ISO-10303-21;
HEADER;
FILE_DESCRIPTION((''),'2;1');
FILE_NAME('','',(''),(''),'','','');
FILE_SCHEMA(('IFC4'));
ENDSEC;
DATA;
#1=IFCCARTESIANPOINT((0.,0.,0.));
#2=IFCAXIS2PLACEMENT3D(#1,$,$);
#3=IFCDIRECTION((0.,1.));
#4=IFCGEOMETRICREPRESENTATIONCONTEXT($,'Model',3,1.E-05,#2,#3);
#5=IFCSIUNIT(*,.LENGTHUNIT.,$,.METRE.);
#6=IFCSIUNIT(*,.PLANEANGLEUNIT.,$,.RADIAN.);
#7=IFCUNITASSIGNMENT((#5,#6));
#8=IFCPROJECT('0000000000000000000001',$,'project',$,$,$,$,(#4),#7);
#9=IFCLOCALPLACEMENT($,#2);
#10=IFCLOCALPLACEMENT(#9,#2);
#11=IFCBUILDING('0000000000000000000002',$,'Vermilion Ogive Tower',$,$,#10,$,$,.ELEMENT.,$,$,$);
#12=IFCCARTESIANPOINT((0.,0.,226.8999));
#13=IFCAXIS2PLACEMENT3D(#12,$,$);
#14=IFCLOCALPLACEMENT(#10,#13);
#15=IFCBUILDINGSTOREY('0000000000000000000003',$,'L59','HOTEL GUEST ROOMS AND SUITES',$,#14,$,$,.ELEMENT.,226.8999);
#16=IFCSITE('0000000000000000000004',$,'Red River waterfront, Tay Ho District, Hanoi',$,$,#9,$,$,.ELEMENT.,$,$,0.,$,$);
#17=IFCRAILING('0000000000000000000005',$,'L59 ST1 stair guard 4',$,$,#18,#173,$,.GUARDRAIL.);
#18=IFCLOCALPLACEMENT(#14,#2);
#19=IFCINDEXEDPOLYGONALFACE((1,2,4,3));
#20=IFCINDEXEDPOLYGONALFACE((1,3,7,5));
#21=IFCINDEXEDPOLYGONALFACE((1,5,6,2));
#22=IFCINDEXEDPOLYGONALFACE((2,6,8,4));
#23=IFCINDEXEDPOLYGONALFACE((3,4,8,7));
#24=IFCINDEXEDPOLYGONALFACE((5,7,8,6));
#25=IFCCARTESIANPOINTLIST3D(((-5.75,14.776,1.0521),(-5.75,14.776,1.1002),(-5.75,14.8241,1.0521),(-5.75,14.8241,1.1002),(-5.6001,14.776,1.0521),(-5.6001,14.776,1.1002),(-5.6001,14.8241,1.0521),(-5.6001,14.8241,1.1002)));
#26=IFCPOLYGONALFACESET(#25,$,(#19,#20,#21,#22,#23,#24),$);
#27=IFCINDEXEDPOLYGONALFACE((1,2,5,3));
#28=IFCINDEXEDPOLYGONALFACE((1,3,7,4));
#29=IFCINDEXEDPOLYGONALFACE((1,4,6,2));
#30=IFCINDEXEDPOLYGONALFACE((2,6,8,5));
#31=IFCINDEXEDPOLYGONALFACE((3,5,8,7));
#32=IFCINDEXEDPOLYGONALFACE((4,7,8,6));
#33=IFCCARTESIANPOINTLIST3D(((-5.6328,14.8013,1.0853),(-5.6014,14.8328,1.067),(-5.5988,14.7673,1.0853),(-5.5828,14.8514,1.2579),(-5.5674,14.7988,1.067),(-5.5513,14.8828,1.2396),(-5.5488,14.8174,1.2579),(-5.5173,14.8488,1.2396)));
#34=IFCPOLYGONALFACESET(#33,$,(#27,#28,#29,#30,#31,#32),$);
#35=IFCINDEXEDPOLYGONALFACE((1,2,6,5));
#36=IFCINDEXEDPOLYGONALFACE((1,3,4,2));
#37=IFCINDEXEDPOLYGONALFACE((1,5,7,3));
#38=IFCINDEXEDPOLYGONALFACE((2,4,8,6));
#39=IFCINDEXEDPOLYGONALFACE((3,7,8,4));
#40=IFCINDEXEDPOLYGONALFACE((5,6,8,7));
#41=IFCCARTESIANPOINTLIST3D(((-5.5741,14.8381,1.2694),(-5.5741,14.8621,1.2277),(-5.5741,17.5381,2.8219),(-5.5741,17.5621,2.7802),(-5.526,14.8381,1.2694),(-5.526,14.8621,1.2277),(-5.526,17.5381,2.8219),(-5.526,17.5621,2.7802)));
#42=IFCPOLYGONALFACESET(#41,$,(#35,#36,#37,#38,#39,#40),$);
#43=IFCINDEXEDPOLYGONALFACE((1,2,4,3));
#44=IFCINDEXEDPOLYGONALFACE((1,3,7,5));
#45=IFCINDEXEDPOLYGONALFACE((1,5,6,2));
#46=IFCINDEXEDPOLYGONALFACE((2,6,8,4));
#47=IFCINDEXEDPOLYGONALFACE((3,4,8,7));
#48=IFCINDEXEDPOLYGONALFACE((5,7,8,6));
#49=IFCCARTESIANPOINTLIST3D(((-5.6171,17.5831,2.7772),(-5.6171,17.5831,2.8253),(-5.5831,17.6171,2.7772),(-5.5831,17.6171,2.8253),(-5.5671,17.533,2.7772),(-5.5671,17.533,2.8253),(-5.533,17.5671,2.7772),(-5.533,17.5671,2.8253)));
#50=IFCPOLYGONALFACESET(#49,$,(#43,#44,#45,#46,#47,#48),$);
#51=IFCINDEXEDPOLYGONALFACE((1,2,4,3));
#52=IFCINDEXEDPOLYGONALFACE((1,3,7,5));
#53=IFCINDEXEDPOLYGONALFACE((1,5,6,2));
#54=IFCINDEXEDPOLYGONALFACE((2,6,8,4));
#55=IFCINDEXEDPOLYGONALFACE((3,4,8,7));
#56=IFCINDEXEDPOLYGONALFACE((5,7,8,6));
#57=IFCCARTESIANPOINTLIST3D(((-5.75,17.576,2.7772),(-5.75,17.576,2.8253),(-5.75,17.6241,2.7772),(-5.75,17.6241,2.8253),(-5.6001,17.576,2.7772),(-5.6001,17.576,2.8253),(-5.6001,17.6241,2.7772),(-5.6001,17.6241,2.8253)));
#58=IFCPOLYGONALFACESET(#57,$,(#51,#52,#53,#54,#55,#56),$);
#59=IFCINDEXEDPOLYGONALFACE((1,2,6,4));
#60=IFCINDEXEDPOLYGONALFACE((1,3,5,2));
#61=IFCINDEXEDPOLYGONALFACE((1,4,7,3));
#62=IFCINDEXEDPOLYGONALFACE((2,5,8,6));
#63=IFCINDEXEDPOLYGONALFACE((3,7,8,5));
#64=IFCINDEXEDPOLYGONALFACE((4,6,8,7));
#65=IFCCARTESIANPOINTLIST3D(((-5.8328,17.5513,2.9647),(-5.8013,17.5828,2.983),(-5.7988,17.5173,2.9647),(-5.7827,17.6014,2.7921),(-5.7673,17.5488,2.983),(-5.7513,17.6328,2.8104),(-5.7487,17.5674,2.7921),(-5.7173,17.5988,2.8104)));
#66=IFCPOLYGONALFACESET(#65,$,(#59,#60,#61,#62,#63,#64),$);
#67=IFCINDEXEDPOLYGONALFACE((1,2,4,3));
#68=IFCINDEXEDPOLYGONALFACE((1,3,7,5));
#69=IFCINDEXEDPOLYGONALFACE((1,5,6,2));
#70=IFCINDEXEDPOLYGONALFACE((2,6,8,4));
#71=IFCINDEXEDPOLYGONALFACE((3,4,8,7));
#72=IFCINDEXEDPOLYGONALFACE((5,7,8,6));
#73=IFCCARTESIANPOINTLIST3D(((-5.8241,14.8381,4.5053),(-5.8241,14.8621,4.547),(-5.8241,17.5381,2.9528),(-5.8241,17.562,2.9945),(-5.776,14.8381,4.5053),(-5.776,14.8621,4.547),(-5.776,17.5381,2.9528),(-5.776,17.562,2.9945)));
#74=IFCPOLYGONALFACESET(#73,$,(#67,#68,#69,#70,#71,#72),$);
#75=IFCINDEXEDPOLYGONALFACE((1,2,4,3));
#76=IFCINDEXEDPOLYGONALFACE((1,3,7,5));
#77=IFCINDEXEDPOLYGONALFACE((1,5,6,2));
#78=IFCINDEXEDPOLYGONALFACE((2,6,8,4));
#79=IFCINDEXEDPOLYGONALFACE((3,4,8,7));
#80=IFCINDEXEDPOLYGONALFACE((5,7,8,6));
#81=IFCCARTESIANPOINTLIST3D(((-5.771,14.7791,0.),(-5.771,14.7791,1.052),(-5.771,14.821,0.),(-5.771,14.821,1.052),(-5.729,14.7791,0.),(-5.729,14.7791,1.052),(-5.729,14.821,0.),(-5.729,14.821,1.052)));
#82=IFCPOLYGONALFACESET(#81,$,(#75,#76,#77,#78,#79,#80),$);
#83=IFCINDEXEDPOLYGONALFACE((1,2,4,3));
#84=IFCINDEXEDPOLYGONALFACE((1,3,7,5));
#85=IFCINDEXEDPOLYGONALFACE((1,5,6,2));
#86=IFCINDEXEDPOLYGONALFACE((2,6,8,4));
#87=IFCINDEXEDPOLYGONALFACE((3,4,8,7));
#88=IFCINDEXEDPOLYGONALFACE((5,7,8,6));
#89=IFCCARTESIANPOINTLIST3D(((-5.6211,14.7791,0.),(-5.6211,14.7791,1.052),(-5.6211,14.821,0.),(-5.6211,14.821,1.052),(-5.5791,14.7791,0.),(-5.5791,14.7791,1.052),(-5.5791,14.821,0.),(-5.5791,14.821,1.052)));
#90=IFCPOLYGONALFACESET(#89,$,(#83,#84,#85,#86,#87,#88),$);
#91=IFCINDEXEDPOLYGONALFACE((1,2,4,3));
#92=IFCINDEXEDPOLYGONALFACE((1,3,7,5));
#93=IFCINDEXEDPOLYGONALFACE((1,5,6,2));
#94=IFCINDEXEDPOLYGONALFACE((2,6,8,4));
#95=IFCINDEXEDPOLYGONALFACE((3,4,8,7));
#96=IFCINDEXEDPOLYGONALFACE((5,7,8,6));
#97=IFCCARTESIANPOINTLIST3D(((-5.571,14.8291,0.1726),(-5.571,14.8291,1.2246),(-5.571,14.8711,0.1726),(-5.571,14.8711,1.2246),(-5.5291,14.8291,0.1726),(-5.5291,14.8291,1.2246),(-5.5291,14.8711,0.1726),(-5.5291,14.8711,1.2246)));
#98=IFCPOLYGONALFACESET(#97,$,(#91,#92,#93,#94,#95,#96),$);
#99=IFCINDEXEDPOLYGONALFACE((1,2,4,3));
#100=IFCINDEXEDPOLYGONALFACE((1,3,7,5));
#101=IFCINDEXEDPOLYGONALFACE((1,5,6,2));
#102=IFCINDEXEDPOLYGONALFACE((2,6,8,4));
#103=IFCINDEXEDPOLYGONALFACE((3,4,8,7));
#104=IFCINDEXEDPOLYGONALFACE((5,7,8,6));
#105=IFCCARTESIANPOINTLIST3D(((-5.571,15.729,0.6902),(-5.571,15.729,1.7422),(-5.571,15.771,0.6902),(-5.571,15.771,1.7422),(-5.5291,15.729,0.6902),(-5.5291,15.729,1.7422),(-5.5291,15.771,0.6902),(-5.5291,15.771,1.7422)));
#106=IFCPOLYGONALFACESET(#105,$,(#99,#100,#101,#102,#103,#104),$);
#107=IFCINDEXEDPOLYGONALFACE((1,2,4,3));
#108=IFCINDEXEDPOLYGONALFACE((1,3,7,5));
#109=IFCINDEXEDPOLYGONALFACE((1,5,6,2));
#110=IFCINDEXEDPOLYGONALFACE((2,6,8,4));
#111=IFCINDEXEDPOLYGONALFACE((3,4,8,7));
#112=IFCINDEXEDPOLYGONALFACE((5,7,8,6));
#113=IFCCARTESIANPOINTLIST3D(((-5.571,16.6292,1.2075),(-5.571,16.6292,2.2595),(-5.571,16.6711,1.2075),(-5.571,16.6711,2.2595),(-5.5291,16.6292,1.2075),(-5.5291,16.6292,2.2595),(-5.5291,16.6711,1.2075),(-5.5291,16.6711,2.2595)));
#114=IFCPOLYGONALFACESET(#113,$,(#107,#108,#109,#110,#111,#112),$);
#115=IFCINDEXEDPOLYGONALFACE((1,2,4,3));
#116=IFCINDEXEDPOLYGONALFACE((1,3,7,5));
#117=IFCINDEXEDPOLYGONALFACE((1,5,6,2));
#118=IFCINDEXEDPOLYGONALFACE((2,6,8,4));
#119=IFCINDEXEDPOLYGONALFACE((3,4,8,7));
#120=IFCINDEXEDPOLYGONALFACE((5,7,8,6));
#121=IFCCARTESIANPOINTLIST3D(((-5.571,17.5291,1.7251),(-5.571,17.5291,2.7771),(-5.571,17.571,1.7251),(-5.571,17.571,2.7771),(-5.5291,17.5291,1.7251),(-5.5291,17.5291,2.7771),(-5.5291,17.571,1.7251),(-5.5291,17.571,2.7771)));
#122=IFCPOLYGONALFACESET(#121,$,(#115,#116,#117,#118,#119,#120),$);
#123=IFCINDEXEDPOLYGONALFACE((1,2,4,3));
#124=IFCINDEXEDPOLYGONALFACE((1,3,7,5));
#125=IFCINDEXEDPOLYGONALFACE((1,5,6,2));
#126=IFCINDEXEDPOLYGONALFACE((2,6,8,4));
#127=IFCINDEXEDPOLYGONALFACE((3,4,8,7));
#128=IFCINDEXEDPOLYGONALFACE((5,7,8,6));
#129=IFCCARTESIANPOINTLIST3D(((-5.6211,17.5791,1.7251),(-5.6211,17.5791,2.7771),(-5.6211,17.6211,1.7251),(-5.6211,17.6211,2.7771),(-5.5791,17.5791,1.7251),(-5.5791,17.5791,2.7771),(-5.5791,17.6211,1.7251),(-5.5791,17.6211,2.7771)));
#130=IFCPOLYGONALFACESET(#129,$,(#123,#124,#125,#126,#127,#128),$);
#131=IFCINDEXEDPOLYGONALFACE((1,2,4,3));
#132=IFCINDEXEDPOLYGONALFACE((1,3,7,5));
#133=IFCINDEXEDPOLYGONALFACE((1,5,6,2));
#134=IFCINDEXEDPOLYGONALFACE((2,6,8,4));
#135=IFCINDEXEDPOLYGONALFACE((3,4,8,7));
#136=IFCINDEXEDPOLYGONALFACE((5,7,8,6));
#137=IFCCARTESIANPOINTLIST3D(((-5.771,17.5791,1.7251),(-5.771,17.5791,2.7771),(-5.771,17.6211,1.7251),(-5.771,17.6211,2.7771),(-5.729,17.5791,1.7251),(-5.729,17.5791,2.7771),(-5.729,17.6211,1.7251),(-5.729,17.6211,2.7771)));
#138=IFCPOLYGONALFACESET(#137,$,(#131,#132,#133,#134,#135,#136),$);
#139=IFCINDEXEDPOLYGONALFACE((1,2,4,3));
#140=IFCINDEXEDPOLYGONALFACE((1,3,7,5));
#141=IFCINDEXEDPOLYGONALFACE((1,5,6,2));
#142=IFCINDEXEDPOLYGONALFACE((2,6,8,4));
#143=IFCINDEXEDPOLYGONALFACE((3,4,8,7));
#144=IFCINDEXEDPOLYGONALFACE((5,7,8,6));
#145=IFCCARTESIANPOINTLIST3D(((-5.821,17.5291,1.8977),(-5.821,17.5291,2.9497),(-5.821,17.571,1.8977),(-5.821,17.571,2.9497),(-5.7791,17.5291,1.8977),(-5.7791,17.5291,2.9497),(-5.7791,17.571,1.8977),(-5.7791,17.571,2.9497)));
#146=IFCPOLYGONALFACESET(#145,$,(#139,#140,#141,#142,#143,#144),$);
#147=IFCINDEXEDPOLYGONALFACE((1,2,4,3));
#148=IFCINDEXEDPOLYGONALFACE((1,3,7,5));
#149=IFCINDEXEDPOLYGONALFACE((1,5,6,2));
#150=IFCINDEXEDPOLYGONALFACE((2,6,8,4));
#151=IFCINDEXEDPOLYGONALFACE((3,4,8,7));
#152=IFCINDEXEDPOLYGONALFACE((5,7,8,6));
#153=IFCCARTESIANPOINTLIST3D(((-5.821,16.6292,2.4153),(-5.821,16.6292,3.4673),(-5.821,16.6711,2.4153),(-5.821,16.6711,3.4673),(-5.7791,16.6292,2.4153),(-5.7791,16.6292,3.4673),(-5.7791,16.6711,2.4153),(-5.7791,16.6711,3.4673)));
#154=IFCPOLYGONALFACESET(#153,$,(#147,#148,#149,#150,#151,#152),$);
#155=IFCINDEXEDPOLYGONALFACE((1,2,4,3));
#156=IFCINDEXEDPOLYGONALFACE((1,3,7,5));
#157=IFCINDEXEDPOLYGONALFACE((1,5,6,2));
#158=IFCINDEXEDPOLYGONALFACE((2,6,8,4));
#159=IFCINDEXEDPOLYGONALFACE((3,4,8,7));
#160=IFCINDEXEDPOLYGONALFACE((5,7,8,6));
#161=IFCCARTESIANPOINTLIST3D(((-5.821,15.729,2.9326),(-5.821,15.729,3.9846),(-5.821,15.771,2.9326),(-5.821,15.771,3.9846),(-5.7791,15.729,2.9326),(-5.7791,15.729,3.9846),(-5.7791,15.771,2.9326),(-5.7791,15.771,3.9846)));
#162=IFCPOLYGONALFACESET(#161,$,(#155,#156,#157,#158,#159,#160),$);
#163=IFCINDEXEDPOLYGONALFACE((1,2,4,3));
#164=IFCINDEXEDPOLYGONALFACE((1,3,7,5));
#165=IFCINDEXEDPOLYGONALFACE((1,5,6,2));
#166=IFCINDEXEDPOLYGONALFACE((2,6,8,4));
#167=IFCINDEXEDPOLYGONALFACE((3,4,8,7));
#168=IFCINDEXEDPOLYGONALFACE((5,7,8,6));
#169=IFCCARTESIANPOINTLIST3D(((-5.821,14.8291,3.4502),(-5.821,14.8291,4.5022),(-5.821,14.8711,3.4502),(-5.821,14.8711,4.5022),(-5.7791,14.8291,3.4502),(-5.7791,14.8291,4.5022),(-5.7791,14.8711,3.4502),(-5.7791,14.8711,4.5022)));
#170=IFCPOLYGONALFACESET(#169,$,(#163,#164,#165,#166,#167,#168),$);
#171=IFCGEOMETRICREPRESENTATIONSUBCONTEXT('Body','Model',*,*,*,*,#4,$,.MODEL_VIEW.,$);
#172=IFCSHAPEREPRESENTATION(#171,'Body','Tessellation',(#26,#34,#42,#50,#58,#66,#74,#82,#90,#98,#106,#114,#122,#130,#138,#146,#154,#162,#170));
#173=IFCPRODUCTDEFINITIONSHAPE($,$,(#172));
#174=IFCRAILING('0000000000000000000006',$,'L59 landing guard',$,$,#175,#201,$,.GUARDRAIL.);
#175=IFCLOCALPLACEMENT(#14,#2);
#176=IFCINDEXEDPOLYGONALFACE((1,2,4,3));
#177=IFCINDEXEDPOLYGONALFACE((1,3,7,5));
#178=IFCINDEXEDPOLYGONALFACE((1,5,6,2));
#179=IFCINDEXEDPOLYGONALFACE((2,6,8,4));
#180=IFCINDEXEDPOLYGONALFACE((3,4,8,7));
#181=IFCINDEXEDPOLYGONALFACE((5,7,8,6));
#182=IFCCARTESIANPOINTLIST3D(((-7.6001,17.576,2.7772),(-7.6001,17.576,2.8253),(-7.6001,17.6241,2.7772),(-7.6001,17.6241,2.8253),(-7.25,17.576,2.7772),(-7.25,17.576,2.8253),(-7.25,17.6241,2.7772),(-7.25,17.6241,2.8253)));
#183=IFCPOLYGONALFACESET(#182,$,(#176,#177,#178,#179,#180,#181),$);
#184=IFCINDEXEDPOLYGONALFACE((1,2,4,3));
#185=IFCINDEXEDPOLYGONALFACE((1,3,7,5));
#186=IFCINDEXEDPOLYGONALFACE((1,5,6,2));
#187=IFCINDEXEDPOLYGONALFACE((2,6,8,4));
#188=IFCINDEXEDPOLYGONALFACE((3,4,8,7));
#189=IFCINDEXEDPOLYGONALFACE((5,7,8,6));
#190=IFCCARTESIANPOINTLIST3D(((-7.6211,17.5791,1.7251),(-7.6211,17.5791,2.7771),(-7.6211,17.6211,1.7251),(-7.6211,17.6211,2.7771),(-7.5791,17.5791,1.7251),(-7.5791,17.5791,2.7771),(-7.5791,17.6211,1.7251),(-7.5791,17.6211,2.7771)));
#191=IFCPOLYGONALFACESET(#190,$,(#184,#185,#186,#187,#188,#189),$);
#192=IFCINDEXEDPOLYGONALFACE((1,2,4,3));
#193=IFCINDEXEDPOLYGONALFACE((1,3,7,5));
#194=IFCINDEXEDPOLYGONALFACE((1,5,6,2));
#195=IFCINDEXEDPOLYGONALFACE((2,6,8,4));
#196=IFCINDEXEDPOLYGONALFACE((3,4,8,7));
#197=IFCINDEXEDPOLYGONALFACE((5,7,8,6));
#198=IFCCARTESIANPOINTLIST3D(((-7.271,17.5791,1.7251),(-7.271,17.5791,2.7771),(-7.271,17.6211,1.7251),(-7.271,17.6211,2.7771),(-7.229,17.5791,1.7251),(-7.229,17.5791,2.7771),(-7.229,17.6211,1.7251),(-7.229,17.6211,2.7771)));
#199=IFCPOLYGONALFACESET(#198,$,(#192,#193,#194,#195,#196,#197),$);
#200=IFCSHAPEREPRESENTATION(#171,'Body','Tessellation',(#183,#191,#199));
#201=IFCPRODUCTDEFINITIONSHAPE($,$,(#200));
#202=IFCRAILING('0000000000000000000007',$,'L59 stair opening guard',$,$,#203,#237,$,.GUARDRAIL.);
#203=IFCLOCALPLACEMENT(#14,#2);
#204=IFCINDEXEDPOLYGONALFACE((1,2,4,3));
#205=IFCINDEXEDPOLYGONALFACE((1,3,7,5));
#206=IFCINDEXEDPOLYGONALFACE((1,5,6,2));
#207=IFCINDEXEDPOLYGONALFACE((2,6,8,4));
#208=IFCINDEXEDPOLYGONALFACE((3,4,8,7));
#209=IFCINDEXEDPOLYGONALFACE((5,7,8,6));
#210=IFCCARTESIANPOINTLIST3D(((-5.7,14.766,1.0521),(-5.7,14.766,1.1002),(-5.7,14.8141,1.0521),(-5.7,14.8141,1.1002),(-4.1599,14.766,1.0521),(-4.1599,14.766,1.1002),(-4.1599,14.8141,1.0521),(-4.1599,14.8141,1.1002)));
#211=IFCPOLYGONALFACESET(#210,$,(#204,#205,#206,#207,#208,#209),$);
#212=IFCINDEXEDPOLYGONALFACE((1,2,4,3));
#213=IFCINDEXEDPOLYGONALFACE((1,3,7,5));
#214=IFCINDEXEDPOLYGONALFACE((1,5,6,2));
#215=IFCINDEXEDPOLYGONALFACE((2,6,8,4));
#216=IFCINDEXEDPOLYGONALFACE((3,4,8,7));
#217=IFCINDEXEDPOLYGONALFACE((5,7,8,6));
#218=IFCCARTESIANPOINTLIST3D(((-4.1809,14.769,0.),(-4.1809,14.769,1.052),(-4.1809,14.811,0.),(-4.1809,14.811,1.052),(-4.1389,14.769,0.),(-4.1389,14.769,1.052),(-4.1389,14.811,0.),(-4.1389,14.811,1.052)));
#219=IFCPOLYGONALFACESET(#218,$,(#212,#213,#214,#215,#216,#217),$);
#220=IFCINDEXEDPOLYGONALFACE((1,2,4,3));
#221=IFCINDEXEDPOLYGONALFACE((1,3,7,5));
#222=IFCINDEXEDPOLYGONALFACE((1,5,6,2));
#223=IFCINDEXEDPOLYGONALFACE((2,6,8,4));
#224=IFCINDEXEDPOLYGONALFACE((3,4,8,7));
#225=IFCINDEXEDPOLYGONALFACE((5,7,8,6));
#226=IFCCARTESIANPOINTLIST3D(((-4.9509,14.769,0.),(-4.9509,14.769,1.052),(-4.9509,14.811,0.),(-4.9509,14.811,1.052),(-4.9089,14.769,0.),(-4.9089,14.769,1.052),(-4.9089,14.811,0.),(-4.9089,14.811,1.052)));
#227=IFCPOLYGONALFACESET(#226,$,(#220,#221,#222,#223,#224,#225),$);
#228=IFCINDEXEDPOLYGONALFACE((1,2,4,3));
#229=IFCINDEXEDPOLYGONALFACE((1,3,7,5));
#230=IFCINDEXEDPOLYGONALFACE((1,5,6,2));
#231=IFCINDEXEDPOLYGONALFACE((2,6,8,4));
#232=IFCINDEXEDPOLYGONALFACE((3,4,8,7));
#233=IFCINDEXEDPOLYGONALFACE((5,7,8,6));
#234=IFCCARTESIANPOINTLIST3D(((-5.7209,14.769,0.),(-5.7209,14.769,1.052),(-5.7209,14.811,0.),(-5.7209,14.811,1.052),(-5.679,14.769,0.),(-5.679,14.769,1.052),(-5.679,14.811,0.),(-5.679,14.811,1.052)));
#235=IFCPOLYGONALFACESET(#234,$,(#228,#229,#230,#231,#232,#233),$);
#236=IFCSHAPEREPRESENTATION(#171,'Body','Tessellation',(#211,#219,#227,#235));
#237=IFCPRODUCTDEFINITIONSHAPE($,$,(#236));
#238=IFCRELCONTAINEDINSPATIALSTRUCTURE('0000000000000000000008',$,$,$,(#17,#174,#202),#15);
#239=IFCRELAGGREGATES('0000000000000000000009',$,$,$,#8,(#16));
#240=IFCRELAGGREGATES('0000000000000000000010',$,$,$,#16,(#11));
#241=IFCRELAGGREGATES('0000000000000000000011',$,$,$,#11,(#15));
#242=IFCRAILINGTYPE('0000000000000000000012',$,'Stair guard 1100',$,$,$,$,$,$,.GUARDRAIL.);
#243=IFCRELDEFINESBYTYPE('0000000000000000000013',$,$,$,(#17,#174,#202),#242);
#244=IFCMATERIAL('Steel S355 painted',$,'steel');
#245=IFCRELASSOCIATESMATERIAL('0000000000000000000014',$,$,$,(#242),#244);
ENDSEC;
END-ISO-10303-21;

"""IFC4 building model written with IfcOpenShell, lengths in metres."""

from ifc_helpers import new_model, si_unit, direction, frame, origin, origin_2d, place, context, subcontext, project, spatial, rectangle, extrude, material, type_object, element, save


model = new_model("IFC4")

# Units and contexts
model_context = context("Model", 3, precision=1e-05, world=origin(), true_north=direction((0.0, 1.0)))
body_context = subcontext(model_context, "Body", "Model", "MODEL_VIEW")
ifc_project = project(units=[si_unit("LENGTHUNIT", "METRE"), si_unit("PLANEANGLEUNIT", "RADIAN")], contexts=[model_context])

# Site, building, storey
site_placement = place(None, origin())
site = spatial("IfcSite", under=ifc_project, at=site_placement, Name="Red River waterfront, Tay Ho District, Hanoi", CompositionType="ELEMENT", RefElevation=0.0)
building_placement = place(site_placement, origin())
building = spatial("IfcBuilding", under=site, at=building_placement, Name="Vermilion Ogive Tower", CompositionType="ELEMENT")
storey_placement = place(building_placement, frame((0.0, 0.0, 226.8999)))
storey = spatial("IfcBuildingStorey", under=building, at=storey_placement, Name="L59", Description="HOTEL GUEST ROOMS AND SUITES", CompositionType="ELEMENT", Elevation=226.8999)

# Railings
ifc_material_1 = material(Name="Steel S355 painted", Category="steel")
railing_type_1 = type_object("IfcRailingType", Name="Stair guard 1100", PredefinedType="GUARDRAIL", material=ifc_material_1)
railing_1_placement = place(storey_placement, frame((-5.75, 14.8, 0.0)))
element("IfcRailing", 1, at=railing_1_placement, inside=storey, type_object=railing_type_1, Name="L59 ST1 stair guard 4", PredefinedType="GUARDRAIL", context=body_context, shape_type="SweptSolid", body=[
    extrude(rectangle(XDim=0.0481, YDim=0.0481, at=origin_2d()), frame((0.0, 0.0, 1.0762), z_axis=(1.0, 0.0, 0.0), x_axis=(0.0, 1.0, 0.0)), (0.0, 0.0, 1.0), 0.1499),
    extrude(rectangle(XDim=0.0481, YDim=0.0481, at=origin_2d()), frame((0.1499, 0.0, 1.0762), z_axis=(0.268278, 0.268278, 0.925232), x_axis=(-0.707107, 0.707107, 0.0)), (0.0, 0.0, 1.0), 0.1865),
    extrude(rectangle(XDim=0.0481, YDim=0.0481, at=origin_2d()), frame((0.2, 0.05, 1.2485), z_axis=(0.0, 0.866904, 0.498476), x_axis=(-1.0, 0.0, 0.0)), (0.0, 0.0, 1.0), 3.1145),
    extrude(rectangle(XDim=0.0481, YDim=0.0481, at=origin_2d()), frame((0.2, 2.75, 2.8013), z_axis=(-0.707107, 0.707107, 0.0), x_axis=(-0.707107, -0.707107, 0.0)), (0.0, 0.0, 1.0), 0.0708),
    extrude(rectangle(XDim=0.0481, YDim=0.0481, at=origin_2d()), frame((0.1499, 2.8, 2.8013), z_axis=(-1.0, 0.0, 0.0), x_axis=(0.0, -1.0, 0.0)), (0.0, 0.0, 1.0), 0.1499),
    extrude(rectangle(XDim=0.0481, YDim=0.0481, at=origin_2d()), frame((0.0, 2.8, 2.8013), z_axis=(-0.268278, -0.268278, 0.925232), x_axis=(0.707107, -0.707107, 0.0)), (0.0, 0.0, 1.0), 0.1865),
    extrude(rectangle(XDim=0.0481, YDim=0.0481, at=origin_2d()), frame((-0.05, 2.75, 2.9736), z_axis=(0.0, -0.866904, 0.498476), x_axis=(1.0, 0.0, 0.0)), (0.0, 0.0, 1.0), 3.1145),
    extrude(rectangle(XDim=0.042, YDim=0.042, at=origin_2d()), origin(), (0.0, 0.0, 1.0), 1.052),
    extrude(rectangle(XDim=0.042, YDim=0.042, at=origin_2d()), frame((0.1499, 0.0, 0.0)), (0.0, 0.0, 1.0), 1.052),
    extrude(rectangle(XDim=0.042, YDim=0.042, at=origin_2d()), frame((0.2, 0.05, 0.1726)), (0.0, 0.0, 1.0), 1.052),
    extrude(rectangle(XDim=0.042, YDim=0.042, at=origin_2d()), frame((0.2, 0.95, 0.6902)), (0.0, 0.0, 1.0), 1.052),
    extrude(rectangle(XDim=0.042, YDim=0.042, at=origin_2d()), frame((0.2, 1.8501, 1.2075)), (0.0, 0.0, 1.0), 1.052),
    extrude(rectangle(XDim=0.042, YDim=0.042, at=origin_2d()), frame((0.2, 2.75, 1.7251)), (0.0, 0.0, 1.0), 1.052),
    extrude(rectangle(XDim=0.042, YDim=0.042, at=origin_2d()), frame((0.1499, 2.8, 1.7251)), (0.0, 0.0, 1.0), 1.052),
    extrude(rectangle(XDim=0.042, YDim=0.042, at=origin_2d()), frame((0.0, 2.8, 1.7251)), (0.0, 0.0, 1.0), 1.052),
    extrude(rectangle(XDim=0.042, YDim=0.042, at=origin_2d()), frame((-0.05, 2.75, 1.8977)), (0.0, 0.0, 1.0), 1.052),
    extrude(rectangle(XDim=0.042, YDim=0.042, at=origin_2d()), frame((-0.05, 1.8501, 2.4153)), (0.0, 0.0, 1.0), 1.052),
    extrude(rectangle(XDim=0.042, YDim=0.042, at=origin_2d()), frame((-0.05, 0.95, 2.9326)), (0.0, 0.0, 1.0), 1.052),
    extrude(rectangle(XDim=0.042, YDim=0.042, at=origin_2d()), frame((-0.05, 0.05, 3.4502)), (0.0, 0.0, 1.0), 1.052),
])
railing_2_placement = place(storey_placement, frame((-7.6001, 17.6001, 1.7251)))
element("IfcRailing", 2, at=railing_2_placement, inside=storey, type_object=railing_type_1, Name="L59 landing guard", PredefinedType="GUARDRAIL", context=body_context, shape_type="SweptSolid", body=[
    extrude(rectangle(XDim=0.0481, YDim=0.0481, at=origin_2d()), frame((0.0, 0.0, 1.0762), z_axis=(1.0, 0.0, 0.0), x_axis=(0.0, 1.0, 0.0)), (0.0, 0.0, 1.0), 0.3501),
    extrude(rectangle(XDim=0.042, YDim=0.042, at=origin_2d()), origin(), (0.0, 0.0, 1.0), 1.052),
    extrude(rectangle(XDim=0.042, YDim=0.042, at=origin_2d()), frame((0.3501, 0.0, 0.0)), (0.0, 0.0, 1.0), 1.052),
])
railing_3_placement = place(storey_placement, frame((-4.1599, 14.79, 0.0)))
element("IfcRailing", 3, at=railing_3_placement, inside=storey, type_object=railing_type_1, Name="L59 stair opening guard", PredefinedType="GUARDRAIL", context=body_context, shape_type="SweptSolid", body=[
    extrude(rectangle(XDim=0.0481, YDim=0.0481, at=origin_2d()), frame((0.0, 0.0, 1.0762), z_axis=(-1.0, 0.0, 0.0), x_axis=(0.0, -1.0, 0.0)), (0.0, 0.0, 1.0), 1.54),
    extrude(rectangle(XDim=0.042, YDim=0.042, at=origin_2d()), origin(), (0.0, 0.0, 1.0), 1.052),
    extrude(rectangle(XDim=0.042, YDim=0.042, at=origin_2d()), frame((-0.77, 0.0, 0.0)), (0.0, 0.0, 1.0), 1.052),
    extrude(rectangle(XDim=0.042, YDim=0.042, at=origin_2d()), frame((-1.54, 0.0, 0.0)), (0.0, 0.0, 1.0), 1.052),
])

save(model, "model.ifc")
